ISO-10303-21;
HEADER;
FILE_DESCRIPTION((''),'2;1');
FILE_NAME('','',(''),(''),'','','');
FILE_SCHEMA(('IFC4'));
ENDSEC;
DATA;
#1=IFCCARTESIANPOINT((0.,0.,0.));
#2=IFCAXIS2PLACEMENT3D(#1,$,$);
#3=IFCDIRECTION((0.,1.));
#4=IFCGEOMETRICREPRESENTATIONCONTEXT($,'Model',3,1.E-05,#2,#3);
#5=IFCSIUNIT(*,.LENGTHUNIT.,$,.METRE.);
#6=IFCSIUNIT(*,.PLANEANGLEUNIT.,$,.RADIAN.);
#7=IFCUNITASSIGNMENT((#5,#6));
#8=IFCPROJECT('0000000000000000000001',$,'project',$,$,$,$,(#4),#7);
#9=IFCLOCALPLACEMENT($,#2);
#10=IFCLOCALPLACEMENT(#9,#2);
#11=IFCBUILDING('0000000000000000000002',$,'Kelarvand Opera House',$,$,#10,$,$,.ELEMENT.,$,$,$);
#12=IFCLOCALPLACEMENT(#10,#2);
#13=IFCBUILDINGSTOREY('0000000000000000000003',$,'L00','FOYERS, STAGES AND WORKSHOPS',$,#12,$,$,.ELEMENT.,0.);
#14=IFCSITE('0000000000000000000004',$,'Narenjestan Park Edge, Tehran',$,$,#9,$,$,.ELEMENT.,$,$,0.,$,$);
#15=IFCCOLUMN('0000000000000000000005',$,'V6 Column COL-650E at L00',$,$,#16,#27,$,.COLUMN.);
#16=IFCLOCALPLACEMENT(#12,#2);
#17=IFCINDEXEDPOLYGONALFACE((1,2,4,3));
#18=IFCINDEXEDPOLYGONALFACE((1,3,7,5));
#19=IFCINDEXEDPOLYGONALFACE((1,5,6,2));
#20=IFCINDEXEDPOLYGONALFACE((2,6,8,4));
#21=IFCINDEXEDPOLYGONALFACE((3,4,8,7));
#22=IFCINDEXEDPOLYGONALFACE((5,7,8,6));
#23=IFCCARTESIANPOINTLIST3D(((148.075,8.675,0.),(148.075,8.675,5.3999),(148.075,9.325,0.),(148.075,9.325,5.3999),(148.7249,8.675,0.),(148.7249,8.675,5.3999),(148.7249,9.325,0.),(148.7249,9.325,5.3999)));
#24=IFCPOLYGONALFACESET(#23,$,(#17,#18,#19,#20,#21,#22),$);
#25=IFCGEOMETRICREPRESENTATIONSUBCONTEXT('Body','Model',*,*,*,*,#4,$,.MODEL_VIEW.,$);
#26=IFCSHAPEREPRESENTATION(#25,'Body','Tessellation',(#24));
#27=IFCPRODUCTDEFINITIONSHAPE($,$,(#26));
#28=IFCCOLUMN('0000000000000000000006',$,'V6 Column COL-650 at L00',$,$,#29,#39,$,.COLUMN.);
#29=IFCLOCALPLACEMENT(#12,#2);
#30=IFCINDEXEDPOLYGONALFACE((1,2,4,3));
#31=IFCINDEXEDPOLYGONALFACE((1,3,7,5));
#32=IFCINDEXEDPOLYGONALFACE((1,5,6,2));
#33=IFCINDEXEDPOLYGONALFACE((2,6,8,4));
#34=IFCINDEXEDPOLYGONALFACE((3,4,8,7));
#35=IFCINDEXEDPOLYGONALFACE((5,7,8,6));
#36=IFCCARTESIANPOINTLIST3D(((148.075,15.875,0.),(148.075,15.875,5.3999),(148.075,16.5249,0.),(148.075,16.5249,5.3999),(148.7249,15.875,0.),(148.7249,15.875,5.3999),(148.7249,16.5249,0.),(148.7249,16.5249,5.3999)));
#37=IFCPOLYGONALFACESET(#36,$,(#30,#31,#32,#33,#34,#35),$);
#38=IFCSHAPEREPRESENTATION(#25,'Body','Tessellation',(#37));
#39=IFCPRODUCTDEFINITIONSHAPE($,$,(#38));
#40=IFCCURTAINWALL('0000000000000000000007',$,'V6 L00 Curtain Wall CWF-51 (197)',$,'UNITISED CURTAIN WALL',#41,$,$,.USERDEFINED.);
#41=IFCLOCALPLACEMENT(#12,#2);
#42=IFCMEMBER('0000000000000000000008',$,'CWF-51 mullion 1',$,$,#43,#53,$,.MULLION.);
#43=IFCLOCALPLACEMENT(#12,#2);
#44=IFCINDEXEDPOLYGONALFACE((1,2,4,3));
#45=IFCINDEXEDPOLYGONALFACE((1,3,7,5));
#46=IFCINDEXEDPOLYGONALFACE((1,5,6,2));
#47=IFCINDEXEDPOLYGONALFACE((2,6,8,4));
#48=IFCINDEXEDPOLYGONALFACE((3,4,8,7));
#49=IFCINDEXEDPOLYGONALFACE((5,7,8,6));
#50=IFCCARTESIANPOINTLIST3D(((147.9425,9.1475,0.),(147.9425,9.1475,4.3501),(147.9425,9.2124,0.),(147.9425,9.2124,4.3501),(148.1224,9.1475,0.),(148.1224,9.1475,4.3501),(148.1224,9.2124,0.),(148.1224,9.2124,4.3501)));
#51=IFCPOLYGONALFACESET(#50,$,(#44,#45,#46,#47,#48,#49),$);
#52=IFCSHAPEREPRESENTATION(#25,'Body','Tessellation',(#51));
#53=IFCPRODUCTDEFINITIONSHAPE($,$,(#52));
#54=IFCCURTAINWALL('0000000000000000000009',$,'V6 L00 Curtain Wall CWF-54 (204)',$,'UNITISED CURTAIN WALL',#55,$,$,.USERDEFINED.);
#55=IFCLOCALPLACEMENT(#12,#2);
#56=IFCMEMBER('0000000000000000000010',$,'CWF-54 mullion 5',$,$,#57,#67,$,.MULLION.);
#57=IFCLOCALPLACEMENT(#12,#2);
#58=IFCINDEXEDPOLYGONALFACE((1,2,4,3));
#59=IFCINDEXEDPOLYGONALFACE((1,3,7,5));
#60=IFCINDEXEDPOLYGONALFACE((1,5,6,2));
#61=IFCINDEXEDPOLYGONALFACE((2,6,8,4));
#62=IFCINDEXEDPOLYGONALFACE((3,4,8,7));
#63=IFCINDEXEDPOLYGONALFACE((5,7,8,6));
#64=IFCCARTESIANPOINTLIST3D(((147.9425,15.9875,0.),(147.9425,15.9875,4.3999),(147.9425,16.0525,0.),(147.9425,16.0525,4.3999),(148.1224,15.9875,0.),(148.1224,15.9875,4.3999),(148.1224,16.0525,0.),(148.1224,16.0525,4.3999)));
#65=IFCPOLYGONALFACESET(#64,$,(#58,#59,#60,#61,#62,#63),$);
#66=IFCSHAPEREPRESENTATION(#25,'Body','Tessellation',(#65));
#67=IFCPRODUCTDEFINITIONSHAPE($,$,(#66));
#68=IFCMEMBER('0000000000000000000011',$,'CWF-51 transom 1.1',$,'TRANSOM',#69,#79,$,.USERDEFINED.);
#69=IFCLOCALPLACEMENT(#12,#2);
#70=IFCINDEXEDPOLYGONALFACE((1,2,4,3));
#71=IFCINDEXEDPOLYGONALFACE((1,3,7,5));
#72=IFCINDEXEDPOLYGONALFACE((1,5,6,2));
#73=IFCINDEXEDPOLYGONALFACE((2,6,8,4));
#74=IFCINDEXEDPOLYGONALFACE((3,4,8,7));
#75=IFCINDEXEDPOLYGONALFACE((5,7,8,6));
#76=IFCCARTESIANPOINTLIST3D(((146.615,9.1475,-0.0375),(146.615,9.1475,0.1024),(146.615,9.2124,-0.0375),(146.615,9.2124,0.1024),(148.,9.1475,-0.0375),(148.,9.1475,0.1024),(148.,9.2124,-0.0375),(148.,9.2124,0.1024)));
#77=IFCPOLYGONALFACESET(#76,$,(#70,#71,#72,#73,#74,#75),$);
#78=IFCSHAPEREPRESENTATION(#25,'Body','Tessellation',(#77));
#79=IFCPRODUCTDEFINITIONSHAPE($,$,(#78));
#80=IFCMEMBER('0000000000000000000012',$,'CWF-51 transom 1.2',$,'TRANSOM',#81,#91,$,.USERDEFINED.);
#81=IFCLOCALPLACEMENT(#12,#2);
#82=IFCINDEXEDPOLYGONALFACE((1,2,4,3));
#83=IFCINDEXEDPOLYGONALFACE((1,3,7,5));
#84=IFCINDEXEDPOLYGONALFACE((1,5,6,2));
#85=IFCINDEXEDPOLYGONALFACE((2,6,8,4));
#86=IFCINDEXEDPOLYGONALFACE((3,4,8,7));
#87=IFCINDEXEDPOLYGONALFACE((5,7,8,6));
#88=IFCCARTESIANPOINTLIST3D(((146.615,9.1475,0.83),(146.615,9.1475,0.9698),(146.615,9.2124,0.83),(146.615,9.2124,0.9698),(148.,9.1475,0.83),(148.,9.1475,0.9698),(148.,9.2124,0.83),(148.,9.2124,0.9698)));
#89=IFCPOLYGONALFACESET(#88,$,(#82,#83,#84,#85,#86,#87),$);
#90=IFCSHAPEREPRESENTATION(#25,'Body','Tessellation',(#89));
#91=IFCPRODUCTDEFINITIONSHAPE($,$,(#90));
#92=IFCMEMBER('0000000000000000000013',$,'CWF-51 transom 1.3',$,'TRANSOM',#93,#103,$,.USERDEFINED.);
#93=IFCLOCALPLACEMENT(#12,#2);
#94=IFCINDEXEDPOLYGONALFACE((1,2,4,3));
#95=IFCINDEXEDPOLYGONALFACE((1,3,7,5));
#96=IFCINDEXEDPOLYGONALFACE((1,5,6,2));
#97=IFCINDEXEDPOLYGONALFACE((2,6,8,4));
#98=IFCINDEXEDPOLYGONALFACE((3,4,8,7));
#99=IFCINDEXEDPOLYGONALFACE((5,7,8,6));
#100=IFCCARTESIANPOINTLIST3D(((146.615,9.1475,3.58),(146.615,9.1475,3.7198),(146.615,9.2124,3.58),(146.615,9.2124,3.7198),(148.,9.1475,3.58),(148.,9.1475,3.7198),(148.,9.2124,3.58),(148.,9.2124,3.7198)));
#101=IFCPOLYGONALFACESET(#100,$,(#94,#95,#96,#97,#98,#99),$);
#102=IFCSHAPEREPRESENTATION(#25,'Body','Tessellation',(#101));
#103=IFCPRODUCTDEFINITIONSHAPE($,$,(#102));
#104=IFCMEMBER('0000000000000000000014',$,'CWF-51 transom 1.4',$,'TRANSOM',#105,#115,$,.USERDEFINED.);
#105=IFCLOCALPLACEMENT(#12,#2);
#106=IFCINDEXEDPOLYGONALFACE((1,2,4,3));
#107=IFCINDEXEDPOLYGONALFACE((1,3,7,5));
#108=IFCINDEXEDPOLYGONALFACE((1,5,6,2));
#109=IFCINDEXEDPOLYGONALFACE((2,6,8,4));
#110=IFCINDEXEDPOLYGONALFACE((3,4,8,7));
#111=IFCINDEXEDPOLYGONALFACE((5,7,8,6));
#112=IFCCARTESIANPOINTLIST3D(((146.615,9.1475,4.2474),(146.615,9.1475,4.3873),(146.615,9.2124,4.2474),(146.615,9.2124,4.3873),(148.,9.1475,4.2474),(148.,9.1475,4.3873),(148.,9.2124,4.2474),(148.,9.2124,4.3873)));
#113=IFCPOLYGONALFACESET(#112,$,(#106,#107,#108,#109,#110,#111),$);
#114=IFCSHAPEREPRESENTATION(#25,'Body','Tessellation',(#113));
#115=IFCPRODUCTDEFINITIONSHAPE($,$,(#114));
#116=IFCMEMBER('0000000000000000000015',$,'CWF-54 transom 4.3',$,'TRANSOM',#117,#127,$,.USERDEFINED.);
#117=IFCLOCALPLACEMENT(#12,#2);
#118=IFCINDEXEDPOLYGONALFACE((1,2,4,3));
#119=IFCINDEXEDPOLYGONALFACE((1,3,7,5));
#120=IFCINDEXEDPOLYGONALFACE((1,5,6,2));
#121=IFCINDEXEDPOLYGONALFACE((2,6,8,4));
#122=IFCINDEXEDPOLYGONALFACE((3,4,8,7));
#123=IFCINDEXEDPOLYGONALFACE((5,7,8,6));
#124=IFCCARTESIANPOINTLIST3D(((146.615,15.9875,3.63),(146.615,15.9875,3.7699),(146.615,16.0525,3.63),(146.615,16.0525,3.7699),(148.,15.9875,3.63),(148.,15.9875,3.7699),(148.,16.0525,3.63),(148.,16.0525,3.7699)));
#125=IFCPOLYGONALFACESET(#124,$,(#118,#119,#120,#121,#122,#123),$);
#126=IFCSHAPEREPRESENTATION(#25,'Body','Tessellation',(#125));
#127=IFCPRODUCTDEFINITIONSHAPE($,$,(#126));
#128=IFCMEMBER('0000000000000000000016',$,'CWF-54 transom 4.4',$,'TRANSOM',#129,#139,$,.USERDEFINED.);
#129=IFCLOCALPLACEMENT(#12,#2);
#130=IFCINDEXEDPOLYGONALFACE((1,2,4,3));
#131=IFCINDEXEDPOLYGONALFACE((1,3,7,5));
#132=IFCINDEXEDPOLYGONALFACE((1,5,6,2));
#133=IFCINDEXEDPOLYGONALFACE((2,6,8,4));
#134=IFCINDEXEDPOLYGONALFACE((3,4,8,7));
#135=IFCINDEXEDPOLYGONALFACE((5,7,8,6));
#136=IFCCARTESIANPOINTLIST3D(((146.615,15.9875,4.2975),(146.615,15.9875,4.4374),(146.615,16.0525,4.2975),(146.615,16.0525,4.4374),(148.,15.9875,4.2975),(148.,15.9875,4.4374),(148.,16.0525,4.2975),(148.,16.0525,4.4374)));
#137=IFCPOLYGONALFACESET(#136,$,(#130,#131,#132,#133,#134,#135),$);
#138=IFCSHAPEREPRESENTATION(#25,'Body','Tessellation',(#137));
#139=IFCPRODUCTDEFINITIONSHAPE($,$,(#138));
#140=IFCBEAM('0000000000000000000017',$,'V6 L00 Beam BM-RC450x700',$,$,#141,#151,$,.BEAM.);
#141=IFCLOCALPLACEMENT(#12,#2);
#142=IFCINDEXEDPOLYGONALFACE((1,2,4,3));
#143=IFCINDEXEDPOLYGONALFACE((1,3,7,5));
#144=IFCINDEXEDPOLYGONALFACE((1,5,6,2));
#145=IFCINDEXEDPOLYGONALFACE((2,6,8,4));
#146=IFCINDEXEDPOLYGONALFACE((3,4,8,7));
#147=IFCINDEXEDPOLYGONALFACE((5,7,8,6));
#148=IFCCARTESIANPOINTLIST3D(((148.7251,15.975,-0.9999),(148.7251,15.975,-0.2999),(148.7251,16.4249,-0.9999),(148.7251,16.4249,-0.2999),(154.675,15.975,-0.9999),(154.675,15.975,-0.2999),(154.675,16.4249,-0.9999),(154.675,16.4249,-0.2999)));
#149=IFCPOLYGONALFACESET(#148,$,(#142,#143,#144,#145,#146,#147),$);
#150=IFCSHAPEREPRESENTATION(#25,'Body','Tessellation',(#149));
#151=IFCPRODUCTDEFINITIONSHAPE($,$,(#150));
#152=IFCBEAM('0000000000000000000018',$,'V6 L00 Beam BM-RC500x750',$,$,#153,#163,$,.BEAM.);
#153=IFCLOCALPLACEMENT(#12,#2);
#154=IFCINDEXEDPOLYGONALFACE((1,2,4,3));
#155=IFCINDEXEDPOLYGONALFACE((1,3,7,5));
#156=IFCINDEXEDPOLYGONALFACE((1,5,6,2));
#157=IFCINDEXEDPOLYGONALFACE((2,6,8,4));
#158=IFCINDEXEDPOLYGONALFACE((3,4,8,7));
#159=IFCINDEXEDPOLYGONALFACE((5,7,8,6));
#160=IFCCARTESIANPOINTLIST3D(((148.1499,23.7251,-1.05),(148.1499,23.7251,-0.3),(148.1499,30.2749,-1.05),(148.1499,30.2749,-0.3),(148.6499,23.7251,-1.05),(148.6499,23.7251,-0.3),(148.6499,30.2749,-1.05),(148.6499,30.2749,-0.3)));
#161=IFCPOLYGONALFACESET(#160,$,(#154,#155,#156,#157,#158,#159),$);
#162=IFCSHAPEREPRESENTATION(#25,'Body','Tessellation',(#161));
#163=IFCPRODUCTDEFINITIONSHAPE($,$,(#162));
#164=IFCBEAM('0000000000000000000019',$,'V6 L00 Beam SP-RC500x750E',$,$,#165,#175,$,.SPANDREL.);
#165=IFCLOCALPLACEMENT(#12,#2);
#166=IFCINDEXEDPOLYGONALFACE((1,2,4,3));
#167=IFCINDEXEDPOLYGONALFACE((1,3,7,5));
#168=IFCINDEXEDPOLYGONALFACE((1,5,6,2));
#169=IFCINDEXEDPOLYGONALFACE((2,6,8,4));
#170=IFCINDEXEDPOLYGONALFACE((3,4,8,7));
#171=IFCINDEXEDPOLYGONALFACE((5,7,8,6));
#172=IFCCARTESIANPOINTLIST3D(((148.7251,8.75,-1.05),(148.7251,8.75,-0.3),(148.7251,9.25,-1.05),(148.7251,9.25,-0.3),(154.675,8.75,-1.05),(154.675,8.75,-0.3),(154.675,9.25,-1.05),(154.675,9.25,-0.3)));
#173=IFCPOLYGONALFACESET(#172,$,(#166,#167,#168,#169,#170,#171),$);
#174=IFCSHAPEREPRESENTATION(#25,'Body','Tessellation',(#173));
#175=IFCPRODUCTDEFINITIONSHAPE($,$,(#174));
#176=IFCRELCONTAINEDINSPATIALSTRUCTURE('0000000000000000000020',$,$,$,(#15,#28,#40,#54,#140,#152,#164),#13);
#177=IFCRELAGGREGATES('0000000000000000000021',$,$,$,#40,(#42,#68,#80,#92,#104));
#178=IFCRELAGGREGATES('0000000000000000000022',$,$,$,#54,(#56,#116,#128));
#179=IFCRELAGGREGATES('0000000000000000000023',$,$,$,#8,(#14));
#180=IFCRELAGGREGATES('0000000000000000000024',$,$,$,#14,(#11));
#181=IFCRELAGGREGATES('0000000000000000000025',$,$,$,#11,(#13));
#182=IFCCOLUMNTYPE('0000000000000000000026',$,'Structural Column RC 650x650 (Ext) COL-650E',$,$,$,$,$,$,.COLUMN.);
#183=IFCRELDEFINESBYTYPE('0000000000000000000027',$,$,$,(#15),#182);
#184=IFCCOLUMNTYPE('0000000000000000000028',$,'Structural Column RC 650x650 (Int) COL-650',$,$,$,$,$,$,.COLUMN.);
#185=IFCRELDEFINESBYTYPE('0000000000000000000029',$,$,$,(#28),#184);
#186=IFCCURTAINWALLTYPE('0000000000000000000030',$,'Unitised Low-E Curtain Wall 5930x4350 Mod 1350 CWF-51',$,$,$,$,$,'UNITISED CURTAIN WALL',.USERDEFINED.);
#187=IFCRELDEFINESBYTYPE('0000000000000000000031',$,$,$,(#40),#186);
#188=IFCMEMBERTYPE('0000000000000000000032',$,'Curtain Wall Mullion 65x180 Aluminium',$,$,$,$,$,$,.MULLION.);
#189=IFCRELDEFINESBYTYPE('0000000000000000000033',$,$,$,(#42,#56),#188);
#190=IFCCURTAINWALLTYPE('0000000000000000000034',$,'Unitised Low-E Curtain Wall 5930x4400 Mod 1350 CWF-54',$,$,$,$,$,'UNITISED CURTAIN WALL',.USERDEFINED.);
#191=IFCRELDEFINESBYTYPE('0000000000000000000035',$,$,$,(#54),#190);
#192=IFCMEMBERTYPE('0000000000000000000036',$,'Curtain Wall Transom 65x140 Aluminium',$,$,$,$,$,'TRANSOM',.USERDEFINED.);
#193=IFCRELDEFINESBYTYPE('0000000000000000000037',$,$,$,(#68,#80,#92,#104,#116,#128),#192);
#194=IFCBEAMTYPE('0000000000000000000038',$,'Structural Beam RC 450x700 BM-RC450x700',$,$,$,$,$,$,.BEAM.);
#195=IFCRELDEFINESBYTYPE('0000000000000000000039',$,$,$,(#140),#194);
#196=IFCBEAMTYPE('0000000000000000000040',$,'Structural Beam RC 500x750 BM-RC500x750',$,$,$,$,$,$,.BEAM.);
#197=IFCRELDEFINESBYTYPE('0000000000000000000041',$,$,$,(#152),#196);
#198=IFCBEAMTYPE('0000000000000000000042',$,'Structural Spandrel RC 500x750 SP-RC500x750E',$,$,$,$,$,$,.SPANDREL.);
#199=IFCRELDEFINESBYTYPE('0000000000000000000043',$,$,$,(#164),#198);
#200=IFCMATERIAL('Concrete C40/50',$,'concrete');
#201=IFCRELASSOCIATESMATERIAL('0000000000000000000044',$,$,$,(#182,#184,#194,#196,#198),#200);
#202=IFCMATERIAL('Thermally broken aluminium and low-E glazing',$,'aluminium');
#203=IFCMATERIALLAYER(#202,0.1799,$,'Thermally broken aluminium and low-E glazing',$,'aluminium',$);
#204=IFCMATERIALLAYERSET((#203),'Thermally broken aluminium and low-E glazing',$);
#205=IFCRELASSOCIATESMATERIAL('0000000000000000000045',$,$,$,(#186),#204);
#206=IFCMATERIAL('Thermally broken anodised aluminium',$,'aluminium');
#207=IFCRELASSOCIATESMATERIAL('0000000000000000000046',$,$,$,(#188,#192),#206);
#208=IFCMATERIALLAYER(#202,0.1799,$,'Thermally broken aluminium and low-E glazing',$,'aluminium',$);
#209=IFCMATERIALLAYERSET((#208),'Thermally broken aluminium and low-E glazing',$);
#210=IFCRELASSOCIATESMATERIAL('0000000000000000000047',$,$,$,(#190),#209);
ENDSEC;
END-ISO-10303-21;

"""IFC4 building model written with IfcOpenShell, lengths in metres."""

from ifc_helpers import new_model, si_unit, direction, frame, origin, origin_2d, place, context, subcontext, project, spatial, rectangle, extrude, material, layer, layer_set, material_profile, profile_set, type_object, element, aggregate, save


model = new_model("IFC4")

# Units and contexts
model_context = context("Model", 3, precision=1e-05, world=origin(), true_north=direction((0.0, 1.0)))
body_context = subcontext(model_context, "Body", "Model", "MODEL_VIEW")
ifc_project = project(units=[si_unit("LENGTHUNIT", "METRE"), si_unit("PLANEANGLEUNIT", "RADIAN")], contexts=[model_context])

# Site, building, storey
site_placement = place(None, origin())
site = spatial("IfcSite", under=ifc_project, at=site_placement, Name="Narenjestan Park Edge, Tehran", CompositionType="ELEMENT", RefElevation=0.0)
building_placement = place(site_placement, origin())
building = spatial("IfcBuilding", under=site, at=building_placement, Name="Kelarvand Opera House", CompositionType="ELEMENT")
storey_placement = place(building_placement, origin())
storey = spatial("IfcBuildingStorey", under=building, at=storey_placement, Name="L00", Description="FOYERS, STAGES AND WORKSHOPS", CompositionType="ELEMENT", Elevation=0.0)

# Columns
ifc_material_1 = material(Name="Concrete C40/50", Category="concrete")
ifc_material_profile_1 = material_profile(ifc_material_1, rectangle(XDim=0.6499, YDim=0.6499, at=origin_2d()), Name="RC 650x650", Category="concrete")
ifc_profile_set_1 = profile_set([ifc_material_profile_1], Name="Concrete C40/50")
column_type_1 = type_object("IfcColumnType", Name="Structural Column RC 650x650 (Ext) COL-650E", PredefinedType="COLUMN", material=ifc_profile_set_1)
column_1_placement = place(storey_placement, frame((148.3999, 9.0, 0.0), z_axis=(0.0, 0.0, 1.0), x_axis=(1.0, 0.0, 0.0)))
element("IfcColumn", 1, at=column_1_placement, inside=storey, type_object=column_type_1, Name="V6 Column COL-650E at L00", PredefinedType="COLUMN", context=body_context, shape_type="SweptSolid", body=[
    extrude(rectangle(XDim=0.6499, YDim=0.6499, at=origin_2d()), origin(), (0.0, 0.0, 1.0), 5.3999),
])
ifc_material_profile_2 = material_profile(ifc_material_1, rectangle(XDim=0.6499, YDim=0.6499, at=origin_2d()), Name="RC 650x650", Category="concrete")
ifc_profile_set_2 = profile_set([ifc_material_profile_2], Name="Concrete C40/50")
column_type_2 = type_object("IfcColumnType", Name="Structural Column RC 650x650 (Int) COL-650", PredefinedType="COLUMN", material=ifc_profile_set_2)
column_2_placement = place(storey_placement, frame((148.3999, 16.2, 0.0), z_axis=(0.0, 0.0, 1.0), x_axis=(1.0, 0.0, 0.0)))
element("IfcColumn", 2, at=column_2_placement, inside=storey, type_object=column_type_2, Name="V6 Column COL-650 at L00", PredefinedType="COLUMN", context=body_context, shape_type="SweptSolid", body=[
    extrude(rectangle(XDim=0.6499, YDim=0.6499, at=origin_2d()), origin(), (0.0, 0.0, 1.0), 5.3999),
])

# Curtain walls, members
ifc_material_2 = material(Name="Thermally broken aluminium and low-E glazing", Category="aluminium")
ifc_layer_1 = layer(ifc_material_2, 0.1799, Name="Thermally broken aluminium and low-E glazing", Category="aluminium")
ifc_layer_set_1 = layer_set([ifc_layer_1], Name="Thermally broken aluminium and low-E glazing")
curtain_wall_type_1 = type_object("IfcCurtainWallType", Name="Unitised Low-E Curtain Wall 5930x4350 Mod 1350 CWF-51", ElementType="UNITISED CURTAIN WALL", PredefinedType="USERDEFINED", material=ifc_layer_set_1)
curtain_wall_1_placement = place(storey_placement, origin())
curtain_wall_1 = element("IfcCurtainWall", 3, at=curtain_wall_1_placement, inside=storey, type_object=curtain_wall_type_1, Name="V6 L00 Curtain Wall CWF-51 (197)", ObjectType="UNITISED CURTAIN WALL", PredefinedType="USERDEFINED")
ifc_material_3 = material(Name="Thermally broken anodised aluminium", Category="aluminium")
ifc_material_profile_3 = material_profile(ifc_material_3, rectangle(XDim=0.0649, YDim=0.1799, at=origin_2d()), Name="ALU MULLION 65x180", Category="aluminium")
ifc_profile_set_3 = profile_set([ifc_material_profile_3], Name="Thermally broken anodised aluminium")
member_type_1 = type_object("IfcMemberType", Name="Curtain Wall Mullion 65x180 Aluminium", PredefinedType="MULLION", material=ifc_profile_set_3)
member_1_placement = place(storey_placement, frame((148.0325, 9.1799, 0.0), z_axis=(0.0, 0.0, 1.0), x_axis=(0.0, -1.0, 0.0)))
member_1 = element("IfcMember", 4, at=member_1_placement, type_object=member_type_1, Name="CWF-51 mullion 1", PredefinedType="MULLION", context=body_context, shape_type="SweptSolid", body=[
    extrude(rectangle(XDim=0.0649, YDim=0.1799, at=origin_2d()), origin(), (0.0, 0.0, 1.0), 4.3501),
])
ifc_layer_2 = layer(ifc_material_2, 0.1799, Name="Thermally broken aluminium and low-E glazing", Category="aluminium")
ifc_layer_set_2 = layer_set([ifc_layer_2], Name="Thermally broken aluminium and low-E glazing")
curtain_wall_type_2 = type_object("IfcCurtainWallType", Name="Unitised Low-E Curtain Wall 5930x4400 Mod 1350 CWF-54", ElementType="UNITISED CURTAIN WALL", PredefinedType="USERDEFINED", material=ifc_layer_set_2)
curtain_wall_2_placement = place(storey_placement, origin())
curtain_wall_2 = element("IfcCurtainWall", 5, at=curtain_wall_2_placement, inside=storey, type_object=curtain_wall_type_2, Name="V6 L00 Curtain Wall CWF-54 (204)", ObjectType="UNITISED CURTAIN WALL", PredefinedType="USERDEFINED")
member_2_placement = place(storey_placement, frame((148.0325, 16.02, 0.0), z_axis=(0.0, 0.0, 1.0), x_axis=(0.0, 1.0, 0.0)))
member_2 = element("IfcMember", 6, at=member_2_placement, type_object=member_type_1, Name="CWF-54 mullion 5", PredefinedType="MULLION", context=body_context, shape_type="SweptSolid", body=[
    extrude(rectangle(XDim=0.0649, YDim=0.1799, at=origin_2d()), origin(), (0.0, 0.0, 1.0), 4.3999),
])

# Members
ifc_material_profile_4 = material_profile(ifc_material_3, rectangle(XDim=0.0649, YDim=0.1399, at=origin_2d()), Name="ALU TRANSOM 65x140", Category="aluminium")
ifc_profile_set_4 = profile_set([ifc_material_profile_4], Name="Thermally broken anodised aluminium")
member_type_2 = type_object("IfcMemberType", Name="Curtain Wall Transom 65x140 Aluminium", ElementType="TRANSOM", PredefinedType="USERDEFINED", material=ifc_profile_set_4)
member_3_placement = place(storey_placement, frame((148.0, 9.1799, 0.0325), z_axis=(-1.0, 0.0, 0.0), x_axis=(0.0, -1.0, 0.0)))
member_3 = element("IfcMember", 7, at=member_3_placement, type_object=member_type_2, Name="CWF-51 transom 1.1", ObjectType="TRANSOM", PredefinedType="USERDEFINED", context=body_context, shape_type="SweptSolid", body=[
    extrude(rectangle(XDim=0.0649, YDim=0.1399, at=origin_2d()), origin(), (0.0, 0.0, 1.0), 1.385),
])
member_4_placement = place(storey_placement, frame((148.0, 9.1799, 0.8999), z_axis=(-1.0, 0.0, 0.0), x_axis=(0.0, -1.0, 0.0)))
member_4 = element("IfcMember", 8, at=member_4_placement, type_object=member_type_2, Name="CWF-51 transom 1.2", ObjectType="TRANSOM", PredefinedType="USERDEFINED", context=body_context, shape_type="SweptSolid", body=[
    extrude(rectangle(XDim=0.0649, YDim=0.1399, at=origin_2d()), origin(), (0.0, 0.0, 1.0), 1.385),
])
member_5_placement = place(storey_placement, frame((148.0, 9.1799, 3.6499), z_axis=(-1.0, 0.0, 0.0), x_axis=(0.0, -1.0, 0.0)))
member_5 = element("IfcMember", 9, at=member_5_placement, type_object=member_type_2, Name="CWF-51 transom 1.3", ObjectType="TRANSOM", PredefinedType="USERDEFINED", context=body_context, shape_type="SweptSolid", body=[
    extrude(rectangle(XDim=0.0649, YDim=0.1399, at=origin_2d()), origin(), (0.0, 0.0, 1.0), 1.385),
])
member_6_placement = place(storey_placement, frame((148.0, 9.1799, 4.3174), z_axis=(-1.0, 0.0, 0.0), x_axis=(0.0, -1.0, 0.0)))
member_6 = element("IfcMember", 10, at=member_6_placement, type_object=member_type_2, Name="CWF-51 transom 1.4", ObjectType="TRANSOM", PredefinedType="USERDEFINED", context=body_context, shape_type="SweptSolid", body=[
    extrude(rectangle(XDim=0.0649, YDim=0.1399, at=origin_2d()), origin(), (0.0, 0.0, 1.0), 1.385),
])
member_7_placement = place(storey_placement, frame((146.615, 16.02, 3.7), z_axis=(1.0, 0.0, 0.0), x_axis=(0.0, 1.0, 0.0)))
member_7 = element("IfcMember", 11, at=member_7_placement, type_object=member_type_2, Name="CWF-54 transom 4.3", ObjectType="TRANSOM", PredefinedType="USERDEFINED", context=body_context, shape_type="SweptSolid", body=[
    extrude(rectangle(XDim=0.0649, YDim=0.1399, at=origin_2d()), origin(), (0.0, 0.0, 1.0), 1.385),
])
member_8_placement = place(storey_placement, frame((146.615, 16.02, 4.3674), z_axis=(1.0, 0.0, 0.0), x_axis=(0.0, 1.0, 0.0)))
member_8 = element("IfcMember", 12, at=member_8_placement, type_object=member_type_2, Name="CWF-54 transom 4.4", ObjectType="TRANSOM", PredefinedType="USERDEFINED", context=body_context, shape_type="SweptSolid", body=[
    extrude(rectangle(XDim=0.0649, YDim=0.1399, at=origin_2d()), origin(), (0.0, 0.0, 1.0), 1.385),
])

# Beams
ifc_material_profile_5 = material_profile(ifc_material_1, rectangle(XDim=0.45, YDim=0.7, at=origin_2d()), Name="RC 450x700", Category="concrete")
ifc_profile_set_5 = profile_set([ifc_material_profile_5], Name="Concrete C40/50")
beam_type_1 = type_object("IfcBeamType", Name="Structural Beam RC 450x700 BM-RC450x700", PredefinedType="BEAM", material=ifc_profile_set_5)
beam_1_placement = place(storey_placement, frame((148.7251, 16.2, -0.6499), z_axis=(1.0, 0.0, 0.0), x_axis=(0.0, 1.0, 0.0)))
element("IfcBeam", 13, at=beam_1_placement, inside=storey, type_object=beam_type_1, Name="V6 L00 Beam BM-RC450x700", PredefinedType="BEAM", context=body_context, shape_type="SweptSolid", body=[
    extrude(rectangle(XDim=0.45, YDim=0.7, at=origin_2d()), origin(), (0.0, 0.0, 1.0), 5.95),
])
ifc_material_profile_6 = material_profile(ifc_material_1, rectangle(XDim=0.5, YDim=0.75, at=origin_2d()), Name="RC 500x750", Category="concrete")
ifc_profile_set_6 = profile_set([ifc_material_profile_6], Name="Concrete C40/50")
beam_type_2 = type_object("IfcBeamType", Name="Structural Beam RC 500x750 BM-RC500x750", PredefinedType="BEAM", material=ifc_profile_set_6)
beam_2_placement = place(storey_placement, frame((148.3999, 23.7251, -0.675), z_axis=(0.0, 1.0, 0.0), x_axis=(-1.0, 0.0, 0.0)))
element("IfcBeam", 14, at=beam_2_placement, inside=storey, type_object=beam_type_2, Name="V6 L00 Beam BM-RC500x750", PredefinedType="BEAM", context=body_context, shape_type="SweptSolid", body=[
    extrude(rectangle(XDim=0.5, YDim=0.75, at=origin_2d()), origin(), (0.0, 0.0, 1.0), 6.5498),
])
ifc_material_profile_7 = material_profile(ifc_material_1, rectangle(XDim=0.5, YDim=0.75, at=origin_2d()), Name="RC 500x750", Category="concrete")
ifc_profile_set_7 = profile_set([ifc_material_profile_7], Name="Concrete C40/50")
beam_type_3 = type_object("IfcBeamType", Name="Structural Spandrel RC 500x750 SP-RC500x750E", PredefinedType="SPANDREL", material=ifc_profile_set_7)
beam_3_placement = place(storey_placement, frame((148.7251, 9.0, -0.675), z_axis=(1.0, 0.0, 0.0), x_axis=(0.0, 1.0, 0.0)))
element("IfcBeam", 15, at=beam_3_placement, inside=storey, type_object=beam_type_3, Name="V6 L00 Beam SP-RC500x750E", PredefinedType="SPANDREL", context=body_context, shape_type="SweptSolid", body=[
    extrude(rectangle(XDim=0.5, YDim=0.75, at=origin_2d()), origin(), (0.0, 0.0, 1.0), 5.95),
])

aggregate(curtain_wall_1, [member_1, member_3, member_4, member_5, member_6])
aggregate(curtain_wall_2, [member_2, member_7, member_8])

save(model, "model.ifc")
